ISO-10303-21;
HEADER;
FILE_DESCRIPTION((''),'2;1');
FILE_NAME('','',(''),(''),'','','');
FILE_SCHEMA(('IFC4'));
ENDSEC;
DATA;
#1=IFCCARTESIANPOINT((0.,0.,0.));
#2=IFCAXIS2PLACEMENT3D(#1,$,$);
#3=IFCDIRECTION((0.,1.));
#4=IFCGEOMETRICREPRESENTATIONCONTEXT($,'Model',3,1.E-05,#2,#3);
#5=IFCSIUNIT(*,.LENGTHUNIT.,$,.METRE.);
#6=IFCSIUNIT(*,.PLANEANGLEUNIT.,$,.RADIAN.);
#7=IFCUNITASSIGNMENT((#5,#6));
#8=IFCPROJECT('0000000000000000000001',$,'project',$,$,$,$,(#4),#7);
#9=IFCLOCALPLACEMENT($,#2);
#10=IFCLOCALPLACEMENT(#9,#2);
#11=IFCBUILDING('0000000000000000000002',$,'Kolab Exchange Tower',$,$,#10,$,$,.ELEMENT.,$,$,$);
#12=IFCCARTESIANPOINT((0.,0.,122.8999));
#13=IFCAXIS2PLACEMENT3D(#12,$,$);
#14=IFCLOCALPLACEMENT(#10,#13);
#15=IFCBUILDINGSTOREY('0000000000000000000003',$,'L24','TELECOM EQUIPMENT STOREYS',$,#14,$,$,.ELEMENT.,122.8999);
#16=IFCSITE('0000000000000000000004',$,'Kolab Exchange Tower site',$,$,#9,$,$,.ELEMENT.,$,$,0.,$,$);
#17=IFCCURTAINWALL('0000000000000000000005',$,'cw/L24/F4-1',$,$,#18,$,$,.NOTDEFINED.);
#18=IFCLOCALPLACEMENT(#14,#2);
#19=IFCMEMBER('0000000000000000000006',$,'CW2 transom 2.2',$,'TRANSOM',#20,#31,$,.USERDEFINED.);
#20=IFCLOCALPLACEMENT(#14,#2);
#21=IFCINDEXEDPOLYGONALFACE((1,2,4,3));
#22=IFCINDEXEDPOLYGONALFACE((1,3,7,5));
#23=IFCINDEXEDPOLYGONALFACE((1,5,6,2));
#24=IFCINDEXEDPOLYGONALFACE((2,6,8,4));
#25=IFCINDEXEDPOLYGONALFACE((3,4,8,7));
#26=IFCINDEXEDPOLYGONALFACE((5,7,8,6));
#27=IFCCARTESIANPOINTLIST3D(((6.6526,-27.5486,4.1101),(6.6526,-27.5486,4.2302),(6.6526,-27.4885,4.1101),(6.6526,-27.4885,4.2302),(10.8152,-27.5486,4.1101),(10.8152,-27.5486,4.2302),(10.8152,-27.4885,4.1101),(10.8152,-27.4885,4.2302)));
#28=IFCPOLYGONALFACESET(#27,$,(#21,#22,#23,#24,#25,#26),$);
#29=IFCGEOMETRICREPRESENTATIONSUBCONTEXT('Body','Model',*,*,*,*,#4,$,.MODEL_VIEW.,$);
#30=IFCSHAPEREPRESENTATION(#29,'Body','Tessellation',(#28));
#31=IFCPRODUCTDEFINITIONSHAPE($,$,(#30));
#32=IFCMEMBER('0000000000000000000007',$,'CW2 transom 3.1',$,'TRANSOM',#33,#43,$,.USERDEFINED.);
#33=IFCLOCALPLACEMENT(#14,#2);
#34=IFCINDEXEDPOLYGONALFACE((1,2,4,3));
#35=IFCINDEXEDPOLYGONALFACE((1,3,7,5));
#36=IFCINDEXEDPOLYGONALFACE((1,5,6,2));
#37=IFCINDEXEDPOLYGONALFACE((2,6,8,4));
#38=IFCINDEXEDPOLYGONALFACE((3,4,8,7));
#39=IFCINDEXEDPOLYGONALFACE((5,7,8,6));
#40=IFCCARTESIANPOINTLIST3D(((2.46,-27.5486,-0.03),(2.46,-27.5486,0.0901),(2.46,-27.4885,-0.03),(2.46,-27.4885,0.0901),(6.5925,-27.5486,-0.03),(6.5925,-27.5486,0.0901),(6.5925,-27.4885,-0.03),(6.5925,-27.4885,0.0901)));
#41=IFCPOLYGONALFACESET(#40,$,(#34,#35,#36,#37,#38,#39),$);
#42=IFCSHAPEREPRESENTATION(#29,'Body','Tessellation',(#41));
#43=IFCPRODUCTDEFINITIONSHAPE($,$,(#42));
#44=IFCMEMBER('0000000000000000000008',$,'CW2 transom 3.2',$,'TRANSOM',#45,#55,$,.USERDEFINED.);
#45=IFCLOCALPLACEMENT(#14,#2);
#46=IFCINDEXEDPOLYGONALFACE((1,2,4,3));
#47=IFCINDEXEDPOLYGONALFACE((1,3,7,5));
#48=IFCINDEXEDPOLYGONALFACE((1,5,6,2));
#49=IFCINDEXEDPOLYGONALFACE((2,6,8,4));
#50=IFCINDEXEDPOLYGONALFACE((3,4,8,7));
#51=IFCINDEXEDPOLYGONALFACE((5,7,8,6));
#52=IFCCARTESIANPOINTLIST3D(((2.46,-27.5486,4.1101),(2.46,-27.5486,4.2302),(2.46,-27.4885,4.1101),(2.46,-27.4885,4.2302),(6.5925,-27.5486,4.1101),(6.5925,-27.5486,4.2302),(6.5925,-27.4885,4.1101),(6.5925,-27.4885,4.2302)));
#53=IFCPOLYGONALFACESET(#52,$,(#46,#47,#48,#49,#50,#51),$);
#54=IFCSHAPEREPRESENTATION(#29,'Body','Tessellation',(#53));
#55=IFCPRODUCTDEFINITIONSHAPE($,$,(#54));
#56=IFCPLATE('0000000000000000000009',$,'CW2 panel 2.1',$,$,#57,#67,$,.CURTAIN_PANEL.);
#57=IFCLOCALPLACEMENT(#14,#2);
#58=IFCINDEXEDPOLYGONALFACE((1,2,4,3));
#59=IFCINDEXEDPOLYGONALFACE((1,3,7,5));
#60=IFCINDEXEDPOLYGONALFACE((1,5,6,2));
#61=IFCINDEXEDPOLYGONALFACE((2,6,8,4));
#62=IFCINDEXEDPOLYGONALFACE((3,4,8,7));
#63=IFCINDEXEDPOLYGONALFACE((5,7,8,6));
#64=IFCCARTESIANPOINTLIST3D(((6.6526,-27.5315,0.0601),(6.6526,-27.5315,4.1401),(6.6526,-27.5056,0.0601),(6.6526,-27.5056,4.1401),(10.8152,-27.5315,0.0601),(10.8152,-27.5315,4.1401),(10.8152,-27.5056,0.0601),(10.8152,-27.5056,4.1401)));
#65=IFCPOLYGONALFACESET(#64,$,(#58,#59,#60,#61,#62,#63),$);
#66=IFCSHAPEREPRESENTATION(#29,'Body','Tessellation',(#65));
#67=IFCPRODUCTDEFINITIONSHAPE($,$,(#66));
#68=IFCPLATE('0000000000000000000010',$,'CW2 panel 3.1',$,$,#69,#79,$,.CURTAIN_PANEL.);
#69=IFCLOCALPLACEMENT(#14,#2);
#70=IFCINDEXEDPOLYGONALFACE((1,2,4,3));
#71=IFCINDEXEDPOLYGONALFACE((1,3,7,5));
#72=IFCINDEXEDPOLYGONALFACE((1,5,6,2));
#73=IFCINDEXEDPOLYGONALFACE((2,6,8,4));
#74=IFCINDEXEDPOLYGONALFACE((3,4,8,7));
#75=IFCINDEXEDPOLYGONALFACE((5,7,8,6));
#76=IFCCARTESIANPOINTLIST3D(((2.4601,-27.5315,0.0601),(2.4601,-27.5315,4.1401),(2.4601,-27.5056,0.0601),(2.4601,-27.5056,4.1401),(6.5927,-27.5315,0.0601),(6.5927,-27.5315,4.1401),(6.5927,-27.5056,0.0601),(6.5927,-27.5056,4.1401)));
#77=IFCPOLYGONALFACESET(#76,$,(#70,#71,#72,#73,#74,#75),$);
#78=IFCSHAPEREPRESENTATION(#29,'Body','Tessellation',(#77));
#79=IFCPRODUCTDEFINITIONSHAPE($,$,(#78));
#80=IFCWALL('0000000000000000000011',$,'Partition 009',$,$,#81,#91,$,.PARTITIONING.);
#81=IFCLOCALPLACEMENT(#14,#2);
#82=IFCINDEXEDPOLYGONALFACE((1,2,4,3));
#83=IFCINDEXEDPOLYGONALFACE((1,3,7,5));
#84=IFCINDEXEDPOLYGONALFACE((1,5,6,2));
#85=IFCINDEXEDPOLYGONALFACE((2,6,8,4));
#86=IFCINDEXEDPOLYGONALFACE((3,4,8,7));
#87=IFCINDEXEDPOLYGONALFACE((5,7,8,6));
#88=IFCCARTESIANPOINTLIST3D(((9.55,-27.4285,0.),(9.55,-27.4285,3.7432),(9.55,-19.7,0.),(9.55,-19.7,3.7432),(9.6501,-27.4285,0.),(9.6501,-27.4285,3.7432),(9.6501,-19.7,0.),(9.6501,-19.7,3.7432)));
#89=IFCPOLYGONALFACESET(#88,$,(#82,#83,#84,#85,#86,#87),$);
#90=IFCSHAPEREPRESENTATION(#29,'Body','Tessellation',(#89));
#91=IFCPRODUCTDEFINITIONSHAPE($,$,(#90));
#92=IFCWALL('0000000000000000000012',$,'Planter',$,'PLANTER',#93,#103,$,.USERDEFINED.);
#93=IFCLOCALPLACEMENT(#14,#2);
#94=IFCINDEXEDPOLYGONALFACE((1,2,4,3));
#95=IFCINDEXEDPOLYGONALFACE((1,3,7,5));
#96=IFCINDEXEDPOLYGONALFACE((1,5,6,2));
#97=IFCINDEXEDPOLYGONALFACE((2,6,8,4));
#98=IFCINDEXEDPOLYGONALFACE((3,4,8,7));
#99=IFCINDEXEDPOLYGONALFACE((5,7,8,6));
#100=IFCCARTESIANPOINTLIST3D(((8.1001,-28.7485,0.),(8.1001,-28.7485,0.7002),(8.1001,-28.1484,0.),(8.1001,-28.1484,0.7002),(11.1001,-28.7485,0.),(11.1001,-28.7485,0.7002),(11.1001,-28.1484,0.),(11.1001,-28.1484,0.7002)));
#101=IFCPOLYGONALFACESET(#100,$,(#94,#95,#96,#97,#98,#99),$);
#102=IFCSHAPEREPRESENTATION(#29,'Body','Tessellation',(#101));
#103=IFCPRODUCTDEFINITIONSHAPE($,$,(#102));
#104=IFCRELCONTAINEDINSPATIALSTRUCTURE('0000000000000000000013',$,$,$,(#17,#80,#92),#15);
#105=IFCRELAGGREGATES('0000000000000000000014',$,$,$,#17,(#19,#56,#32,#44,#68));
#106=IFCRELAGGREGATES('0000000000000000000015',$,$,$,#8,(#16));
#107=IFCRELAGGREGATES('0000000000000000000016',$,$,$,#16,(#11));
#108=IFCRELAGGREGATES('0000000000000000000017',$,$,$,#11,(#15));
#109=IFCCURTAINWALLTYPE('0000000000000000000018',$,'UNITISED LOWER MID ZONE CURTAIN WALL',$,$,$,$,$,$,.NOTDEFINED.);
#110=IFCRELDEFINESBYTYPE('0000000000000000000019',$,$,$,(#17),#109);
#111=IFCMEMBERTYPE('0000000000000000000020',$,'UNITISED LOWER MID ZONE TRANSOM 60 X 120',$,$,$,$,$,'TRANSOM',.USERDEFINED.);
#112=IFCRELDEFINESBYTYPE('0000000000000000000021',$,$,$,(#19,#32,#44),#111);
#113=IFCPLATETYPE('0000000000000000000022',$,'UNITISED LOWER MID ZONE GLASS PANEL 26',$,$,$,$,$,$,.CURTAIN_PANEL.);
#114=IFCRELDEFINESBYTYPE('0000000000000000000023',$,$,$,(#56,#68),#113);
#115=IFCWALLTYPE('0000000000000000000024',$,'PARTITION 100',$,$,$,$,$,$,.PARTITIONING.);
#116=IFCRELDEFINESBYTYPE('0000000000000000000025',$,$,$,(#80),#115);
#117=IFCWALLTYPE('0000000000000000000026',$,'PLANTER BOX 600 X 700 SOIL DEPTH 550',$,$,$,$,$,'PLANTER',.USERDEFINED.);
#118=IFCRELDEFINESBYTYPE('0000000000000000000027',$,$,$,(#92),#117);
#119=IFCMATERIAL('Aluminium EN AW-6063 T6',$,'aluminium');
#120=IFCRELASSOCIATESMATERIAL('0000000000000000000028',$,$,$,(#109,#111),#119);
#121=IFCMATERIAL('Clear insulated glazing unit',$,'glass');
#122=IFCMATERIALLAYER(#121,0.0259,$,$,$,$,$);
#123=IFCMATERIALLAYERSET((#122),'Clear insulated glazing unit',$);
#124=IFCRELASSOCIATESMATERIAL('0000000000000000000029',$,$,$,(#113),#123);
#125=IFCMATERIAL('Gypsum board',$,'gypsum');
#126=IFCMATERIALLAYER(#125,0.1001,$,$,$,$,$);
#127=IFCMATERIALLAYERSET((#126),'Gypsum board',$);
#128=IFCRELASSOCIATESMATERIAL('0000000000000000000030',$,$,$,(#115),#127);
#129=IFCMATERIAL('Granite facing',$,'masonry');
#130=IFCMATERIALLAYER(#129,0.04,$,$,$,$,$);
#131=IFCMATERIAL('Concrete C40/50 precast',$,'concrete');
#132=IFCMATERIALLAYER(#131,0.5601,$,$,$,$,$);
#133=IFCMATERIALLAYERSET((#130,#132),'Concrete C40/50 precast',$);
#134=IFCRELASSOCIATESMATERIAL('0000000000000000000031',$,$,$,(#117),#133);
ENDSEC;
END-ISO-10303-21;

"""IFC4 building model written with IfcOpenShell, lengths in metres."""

from ifc_helpers import new_model, si_unit, direction, frame, frame_2d, origin, origin_2d, place, context, subcontext, project, spatial, rectangle, extrude, material, layer, layer_set, material_profile, profile_set, type_object, element, aggregate, save


model = new_model("IFC4")

# Units and contexts
model_context = context("Model", 3, precision=1e-05, world=origin(), true_north=direction((0.0, 1.0)))
body_context = subcontext(model_context, "Body", "Model", "MODEL_VIEW")
ifc_project = project(units=[si_unit("LENGTHUNIT", "METRE"), si_unit("PLANEANGLEUNIT", "RADIAN")], contexts=[model_context])

# Site, building, storey
site_placement = place(None, origin())
site = spatial("IfcSite", under=ifc_project, at=site_placement, Name="Kolab Exchange Tower site", CompositionType="ELEMENT", RefElevation=0.0)
building_placement = place(site_placement, origin())
building = spatial("IfcBuilding", under=site, at=building_placement, Name="Kolab Exchange Tower", CompositionType="ELEMENT")
storey_placement = place(building_placement, frame((0.0, 0.0, 122.8999)))
storey = spatial("IfcBuildingStorey", under=building, at=storey_placement, Name="L24", Description="TELECOM EQUIPMENT STOREYS", CompositionType="ELEMENT", Elevation=122.8999)

# Curtain wall, members, plates
ifc_material_1 = material(Name="Aluminium EN AW-6063 T6", Category="aluminium")
curtain_wall_type = type_object("IfcCurtainWallType", Name="UNITISED LOWER MID ZONE CURTAIN WALL", PredefinedType="NOTDEFINED", material=ifc_material_1)
curtain_wall_placement = place(storey_placement, origin())
curtain_wall = element("IfcCurtainWall", 1, at=curtain_wall_placement, inside=storey, type_object=curtain_wall_type, Name="cw/L24/F4-1", PredefinedType="NOTDEFINED")
ifc_material_profile_1 = material_profile(ifc_material_1, rectangle(XDim=0.0601, YDim=0.1201, at=origin_2d()), Name="RECT 60X120")
ifc_profile_set_1 = profile_set([ifc_material_profile_1], Name="Aluminium EN AW-6063 T6")
member_type_1 = type_object("IfcMemberType", Name="UNITISED LOWER MID ZONE TRANSOM 60 X 120", ElementType="TRANSOM", PredefinedType="USERDEFINED", material=ifc_profile_set_1)
member_1_placement = place(storey_placement, frame((10.8152, -27.5186, 4.1702), z_axis=(-1.0, 0.0, 0.0), x_axis=(0.0, -1.0, 0.0)))
member_1 = element("IfcMember", 2, at=member_1_placement, type_object=member_type_1, Name="CW2 transom 2.2", ObjectType="TRANSOM", PredefinedType="USERDEFINED", context=body_context, shape_type="SweptSolid", body=[
    extrude(rectangle(XDim=0.0601, YDim=0.1201, at=origin_2d()), origin(), (0.0, 0.0, 1.0), 4.1626),
])
member_2_placement = place(storey_placement, frame((6.5925, -27.5186, 0.03), z_axis=(-1.0, 0.0, 0.0), x_axis=(0.0, -1.0, 0.0)))
member_2 = element("IfcMember", 3, at=member_2_placement, type_object=member_type_1, Name="CW2 transom 3.1", ObjectType="TRANSOM", PredefinedType="USERDEFINED", context=body_context, shape_type="SweptSolid", body=[
    extrude(rectangle(XDim=0.0601, YDim=0.1201, at=origin_2d()), origin(), (0.0, 0.0, 1.0), 4.1326),
])
member_3_placement = place(storey_placement, frame((6.5925, -27.5186, 4.1702), z_axis=(-1.0, 0.0, 0.0), x_axis=(0.0, -1.0, 0.0)))
member_3 = element("IfcMember", 4, at=member_3_placement, type_object=member_type_1, Name="CW2 transom 3.2", ObjectType="TRANSOM", PredefinedType="USERDEFINED", context=body_context, shape_type="SweptSolid", body=[
    extrude(rectangle(XDim=0.0601, YDim=0.1201, at=origin_2d()), origin(), (0.0, 0.0, 1.0), 4.1326),
])
ifc_material_2 = material(Name="Clear insulated glazing unit", Category="glass")
ifc_layer_1 = layer(ifc_material_2, 0.0259)
ifc_layer_set_1 = layer_set([ifc_layer_1], Name="Clear insulated glazing unit")
plate_type = type_object("IfcPlateType", Name="UNITISED LOWER MID ZONE GLASS PANEL 26", PredefinedType="CURTAIN_PANEL", material=ifc_layer_set_1)
plate_1_placement = place(storey_placement, frame((8.7339, -27.5186, 0.0601), z_axis=(0.0, 0.0, 1.0), x_axis=(-1.0, 0.0, 0.0)))
plate_1 = element("IfcPlate", 5, at=plate_1_placement, type_object=plate_type, Name="CW2 panel 2.1", PredefinedType="CURTAIN_PANEL", context=body_context, shape_type="SweptSolid", body=[
    extrude(rectangle(XDim=4.1626, YDim=0.0259, at=origin_2d()), origin(), (0.0, 0.0, 1.0), 4.0801),
])
plate_2_placement = place(storey_placement, frame((4.5264, -27.5186, 0.0601), z_axis=(0.0, 0.0, 1.0), x_axis=(-1.0, 0.0, 0.0)))
plate_2 = element("IfcPlate", 6, at=plate_2_placement, type_object=plate_type, Name="CW2 panel 3.1", PredefinedType="CURTAIN_PANEL", context=body_context, shape_type="SweptSolid", body=[
    extrude(rectangle(XDim=4.1326, YDim=0.0259, at=origin_2d()), origin(), (0.0, 0.0, 1.0), 4.0801),
])
aggregate(curtain_wall, [member_1, plate_1, member_2, member_3, plate_2])

# Walls
ifc_material_3 = material(Name="Gypsum board", Category="gypsum")
ifc_layer_2 = layer(ifc_material_3, 0.1001)
ifc_layer_set_2 = layer_set([ifc_layer_2], Name="Gypsum board")
wall_type_1 = type_object("IfcWallType", Name="PARTITION 100", PredefinedType="PARTITIONING", material=ifc_layer_set_2)
wall_1_placement = place(storey_placement, frame((9.6001, -27.4285, 0.0), z_axis=(0.0, 0.0, 1.0), x_axis=(0.0, 1.0, 0.0)))
element("IfcWall", 7, at=wall_1_placement, inside=storey, type_object=wall_type_1, Name="Partition 009", PredefinedType="PARTITIONING", context=body_context, shape_type="SweptSolid", body=[
    extrude(rectangle(XDim=7.7285, YDim=0.1001, at=frame_2d((3.8643, 0.0))), origin(), (0.0, 0.0, 1.0), 3.7432),
])
ifc_material_4 = material(Name="Granite facing", Category="masonry")
ifc_layer_3 = layer(ifc_material_4, 0.04)
ifc_material_5 = material(Name="Concrete C40/50 precast", Category="concrete")
ifc_layer_4 = layer(ifc_material_5, 0.5601)
ifc_layer_set_3 = layer_set([ifc_layer_3, ifc_layer_4], Name="Concrete C40/50 precast")
wall_type_2 = type_object("IfcWallType", Name="PLANTER BOX 600 X 700 SOIL DEPTH 550", ElementType="PLANTER", PredefinedType="USERDEFINED", material=ifc_layer_set_3)
wall_2_placement = place(storey_placement, frame((11.1001, -28.4485, 0.0), z_axis=(0.0, 0.0, 1.0), x_axis=(-1.0, 0.0, 0.0)))
element("IfcWall", 8, at=wall_2_placement, inside=storey, type_object=wall_type_2, Name="Planter", ObjectType="PLANTER", PredefinedType="USERDEFINED", context=body_context, shape_type="SweptSolid", body=[
    extrude(rectangle(XDim=3.0, YDim=0.6001, at=frame_2d((1.5, 0.0))), origin(), (0.0, 0.0, 1.0), 0.7002),
])

save(model, "model.ifc")
